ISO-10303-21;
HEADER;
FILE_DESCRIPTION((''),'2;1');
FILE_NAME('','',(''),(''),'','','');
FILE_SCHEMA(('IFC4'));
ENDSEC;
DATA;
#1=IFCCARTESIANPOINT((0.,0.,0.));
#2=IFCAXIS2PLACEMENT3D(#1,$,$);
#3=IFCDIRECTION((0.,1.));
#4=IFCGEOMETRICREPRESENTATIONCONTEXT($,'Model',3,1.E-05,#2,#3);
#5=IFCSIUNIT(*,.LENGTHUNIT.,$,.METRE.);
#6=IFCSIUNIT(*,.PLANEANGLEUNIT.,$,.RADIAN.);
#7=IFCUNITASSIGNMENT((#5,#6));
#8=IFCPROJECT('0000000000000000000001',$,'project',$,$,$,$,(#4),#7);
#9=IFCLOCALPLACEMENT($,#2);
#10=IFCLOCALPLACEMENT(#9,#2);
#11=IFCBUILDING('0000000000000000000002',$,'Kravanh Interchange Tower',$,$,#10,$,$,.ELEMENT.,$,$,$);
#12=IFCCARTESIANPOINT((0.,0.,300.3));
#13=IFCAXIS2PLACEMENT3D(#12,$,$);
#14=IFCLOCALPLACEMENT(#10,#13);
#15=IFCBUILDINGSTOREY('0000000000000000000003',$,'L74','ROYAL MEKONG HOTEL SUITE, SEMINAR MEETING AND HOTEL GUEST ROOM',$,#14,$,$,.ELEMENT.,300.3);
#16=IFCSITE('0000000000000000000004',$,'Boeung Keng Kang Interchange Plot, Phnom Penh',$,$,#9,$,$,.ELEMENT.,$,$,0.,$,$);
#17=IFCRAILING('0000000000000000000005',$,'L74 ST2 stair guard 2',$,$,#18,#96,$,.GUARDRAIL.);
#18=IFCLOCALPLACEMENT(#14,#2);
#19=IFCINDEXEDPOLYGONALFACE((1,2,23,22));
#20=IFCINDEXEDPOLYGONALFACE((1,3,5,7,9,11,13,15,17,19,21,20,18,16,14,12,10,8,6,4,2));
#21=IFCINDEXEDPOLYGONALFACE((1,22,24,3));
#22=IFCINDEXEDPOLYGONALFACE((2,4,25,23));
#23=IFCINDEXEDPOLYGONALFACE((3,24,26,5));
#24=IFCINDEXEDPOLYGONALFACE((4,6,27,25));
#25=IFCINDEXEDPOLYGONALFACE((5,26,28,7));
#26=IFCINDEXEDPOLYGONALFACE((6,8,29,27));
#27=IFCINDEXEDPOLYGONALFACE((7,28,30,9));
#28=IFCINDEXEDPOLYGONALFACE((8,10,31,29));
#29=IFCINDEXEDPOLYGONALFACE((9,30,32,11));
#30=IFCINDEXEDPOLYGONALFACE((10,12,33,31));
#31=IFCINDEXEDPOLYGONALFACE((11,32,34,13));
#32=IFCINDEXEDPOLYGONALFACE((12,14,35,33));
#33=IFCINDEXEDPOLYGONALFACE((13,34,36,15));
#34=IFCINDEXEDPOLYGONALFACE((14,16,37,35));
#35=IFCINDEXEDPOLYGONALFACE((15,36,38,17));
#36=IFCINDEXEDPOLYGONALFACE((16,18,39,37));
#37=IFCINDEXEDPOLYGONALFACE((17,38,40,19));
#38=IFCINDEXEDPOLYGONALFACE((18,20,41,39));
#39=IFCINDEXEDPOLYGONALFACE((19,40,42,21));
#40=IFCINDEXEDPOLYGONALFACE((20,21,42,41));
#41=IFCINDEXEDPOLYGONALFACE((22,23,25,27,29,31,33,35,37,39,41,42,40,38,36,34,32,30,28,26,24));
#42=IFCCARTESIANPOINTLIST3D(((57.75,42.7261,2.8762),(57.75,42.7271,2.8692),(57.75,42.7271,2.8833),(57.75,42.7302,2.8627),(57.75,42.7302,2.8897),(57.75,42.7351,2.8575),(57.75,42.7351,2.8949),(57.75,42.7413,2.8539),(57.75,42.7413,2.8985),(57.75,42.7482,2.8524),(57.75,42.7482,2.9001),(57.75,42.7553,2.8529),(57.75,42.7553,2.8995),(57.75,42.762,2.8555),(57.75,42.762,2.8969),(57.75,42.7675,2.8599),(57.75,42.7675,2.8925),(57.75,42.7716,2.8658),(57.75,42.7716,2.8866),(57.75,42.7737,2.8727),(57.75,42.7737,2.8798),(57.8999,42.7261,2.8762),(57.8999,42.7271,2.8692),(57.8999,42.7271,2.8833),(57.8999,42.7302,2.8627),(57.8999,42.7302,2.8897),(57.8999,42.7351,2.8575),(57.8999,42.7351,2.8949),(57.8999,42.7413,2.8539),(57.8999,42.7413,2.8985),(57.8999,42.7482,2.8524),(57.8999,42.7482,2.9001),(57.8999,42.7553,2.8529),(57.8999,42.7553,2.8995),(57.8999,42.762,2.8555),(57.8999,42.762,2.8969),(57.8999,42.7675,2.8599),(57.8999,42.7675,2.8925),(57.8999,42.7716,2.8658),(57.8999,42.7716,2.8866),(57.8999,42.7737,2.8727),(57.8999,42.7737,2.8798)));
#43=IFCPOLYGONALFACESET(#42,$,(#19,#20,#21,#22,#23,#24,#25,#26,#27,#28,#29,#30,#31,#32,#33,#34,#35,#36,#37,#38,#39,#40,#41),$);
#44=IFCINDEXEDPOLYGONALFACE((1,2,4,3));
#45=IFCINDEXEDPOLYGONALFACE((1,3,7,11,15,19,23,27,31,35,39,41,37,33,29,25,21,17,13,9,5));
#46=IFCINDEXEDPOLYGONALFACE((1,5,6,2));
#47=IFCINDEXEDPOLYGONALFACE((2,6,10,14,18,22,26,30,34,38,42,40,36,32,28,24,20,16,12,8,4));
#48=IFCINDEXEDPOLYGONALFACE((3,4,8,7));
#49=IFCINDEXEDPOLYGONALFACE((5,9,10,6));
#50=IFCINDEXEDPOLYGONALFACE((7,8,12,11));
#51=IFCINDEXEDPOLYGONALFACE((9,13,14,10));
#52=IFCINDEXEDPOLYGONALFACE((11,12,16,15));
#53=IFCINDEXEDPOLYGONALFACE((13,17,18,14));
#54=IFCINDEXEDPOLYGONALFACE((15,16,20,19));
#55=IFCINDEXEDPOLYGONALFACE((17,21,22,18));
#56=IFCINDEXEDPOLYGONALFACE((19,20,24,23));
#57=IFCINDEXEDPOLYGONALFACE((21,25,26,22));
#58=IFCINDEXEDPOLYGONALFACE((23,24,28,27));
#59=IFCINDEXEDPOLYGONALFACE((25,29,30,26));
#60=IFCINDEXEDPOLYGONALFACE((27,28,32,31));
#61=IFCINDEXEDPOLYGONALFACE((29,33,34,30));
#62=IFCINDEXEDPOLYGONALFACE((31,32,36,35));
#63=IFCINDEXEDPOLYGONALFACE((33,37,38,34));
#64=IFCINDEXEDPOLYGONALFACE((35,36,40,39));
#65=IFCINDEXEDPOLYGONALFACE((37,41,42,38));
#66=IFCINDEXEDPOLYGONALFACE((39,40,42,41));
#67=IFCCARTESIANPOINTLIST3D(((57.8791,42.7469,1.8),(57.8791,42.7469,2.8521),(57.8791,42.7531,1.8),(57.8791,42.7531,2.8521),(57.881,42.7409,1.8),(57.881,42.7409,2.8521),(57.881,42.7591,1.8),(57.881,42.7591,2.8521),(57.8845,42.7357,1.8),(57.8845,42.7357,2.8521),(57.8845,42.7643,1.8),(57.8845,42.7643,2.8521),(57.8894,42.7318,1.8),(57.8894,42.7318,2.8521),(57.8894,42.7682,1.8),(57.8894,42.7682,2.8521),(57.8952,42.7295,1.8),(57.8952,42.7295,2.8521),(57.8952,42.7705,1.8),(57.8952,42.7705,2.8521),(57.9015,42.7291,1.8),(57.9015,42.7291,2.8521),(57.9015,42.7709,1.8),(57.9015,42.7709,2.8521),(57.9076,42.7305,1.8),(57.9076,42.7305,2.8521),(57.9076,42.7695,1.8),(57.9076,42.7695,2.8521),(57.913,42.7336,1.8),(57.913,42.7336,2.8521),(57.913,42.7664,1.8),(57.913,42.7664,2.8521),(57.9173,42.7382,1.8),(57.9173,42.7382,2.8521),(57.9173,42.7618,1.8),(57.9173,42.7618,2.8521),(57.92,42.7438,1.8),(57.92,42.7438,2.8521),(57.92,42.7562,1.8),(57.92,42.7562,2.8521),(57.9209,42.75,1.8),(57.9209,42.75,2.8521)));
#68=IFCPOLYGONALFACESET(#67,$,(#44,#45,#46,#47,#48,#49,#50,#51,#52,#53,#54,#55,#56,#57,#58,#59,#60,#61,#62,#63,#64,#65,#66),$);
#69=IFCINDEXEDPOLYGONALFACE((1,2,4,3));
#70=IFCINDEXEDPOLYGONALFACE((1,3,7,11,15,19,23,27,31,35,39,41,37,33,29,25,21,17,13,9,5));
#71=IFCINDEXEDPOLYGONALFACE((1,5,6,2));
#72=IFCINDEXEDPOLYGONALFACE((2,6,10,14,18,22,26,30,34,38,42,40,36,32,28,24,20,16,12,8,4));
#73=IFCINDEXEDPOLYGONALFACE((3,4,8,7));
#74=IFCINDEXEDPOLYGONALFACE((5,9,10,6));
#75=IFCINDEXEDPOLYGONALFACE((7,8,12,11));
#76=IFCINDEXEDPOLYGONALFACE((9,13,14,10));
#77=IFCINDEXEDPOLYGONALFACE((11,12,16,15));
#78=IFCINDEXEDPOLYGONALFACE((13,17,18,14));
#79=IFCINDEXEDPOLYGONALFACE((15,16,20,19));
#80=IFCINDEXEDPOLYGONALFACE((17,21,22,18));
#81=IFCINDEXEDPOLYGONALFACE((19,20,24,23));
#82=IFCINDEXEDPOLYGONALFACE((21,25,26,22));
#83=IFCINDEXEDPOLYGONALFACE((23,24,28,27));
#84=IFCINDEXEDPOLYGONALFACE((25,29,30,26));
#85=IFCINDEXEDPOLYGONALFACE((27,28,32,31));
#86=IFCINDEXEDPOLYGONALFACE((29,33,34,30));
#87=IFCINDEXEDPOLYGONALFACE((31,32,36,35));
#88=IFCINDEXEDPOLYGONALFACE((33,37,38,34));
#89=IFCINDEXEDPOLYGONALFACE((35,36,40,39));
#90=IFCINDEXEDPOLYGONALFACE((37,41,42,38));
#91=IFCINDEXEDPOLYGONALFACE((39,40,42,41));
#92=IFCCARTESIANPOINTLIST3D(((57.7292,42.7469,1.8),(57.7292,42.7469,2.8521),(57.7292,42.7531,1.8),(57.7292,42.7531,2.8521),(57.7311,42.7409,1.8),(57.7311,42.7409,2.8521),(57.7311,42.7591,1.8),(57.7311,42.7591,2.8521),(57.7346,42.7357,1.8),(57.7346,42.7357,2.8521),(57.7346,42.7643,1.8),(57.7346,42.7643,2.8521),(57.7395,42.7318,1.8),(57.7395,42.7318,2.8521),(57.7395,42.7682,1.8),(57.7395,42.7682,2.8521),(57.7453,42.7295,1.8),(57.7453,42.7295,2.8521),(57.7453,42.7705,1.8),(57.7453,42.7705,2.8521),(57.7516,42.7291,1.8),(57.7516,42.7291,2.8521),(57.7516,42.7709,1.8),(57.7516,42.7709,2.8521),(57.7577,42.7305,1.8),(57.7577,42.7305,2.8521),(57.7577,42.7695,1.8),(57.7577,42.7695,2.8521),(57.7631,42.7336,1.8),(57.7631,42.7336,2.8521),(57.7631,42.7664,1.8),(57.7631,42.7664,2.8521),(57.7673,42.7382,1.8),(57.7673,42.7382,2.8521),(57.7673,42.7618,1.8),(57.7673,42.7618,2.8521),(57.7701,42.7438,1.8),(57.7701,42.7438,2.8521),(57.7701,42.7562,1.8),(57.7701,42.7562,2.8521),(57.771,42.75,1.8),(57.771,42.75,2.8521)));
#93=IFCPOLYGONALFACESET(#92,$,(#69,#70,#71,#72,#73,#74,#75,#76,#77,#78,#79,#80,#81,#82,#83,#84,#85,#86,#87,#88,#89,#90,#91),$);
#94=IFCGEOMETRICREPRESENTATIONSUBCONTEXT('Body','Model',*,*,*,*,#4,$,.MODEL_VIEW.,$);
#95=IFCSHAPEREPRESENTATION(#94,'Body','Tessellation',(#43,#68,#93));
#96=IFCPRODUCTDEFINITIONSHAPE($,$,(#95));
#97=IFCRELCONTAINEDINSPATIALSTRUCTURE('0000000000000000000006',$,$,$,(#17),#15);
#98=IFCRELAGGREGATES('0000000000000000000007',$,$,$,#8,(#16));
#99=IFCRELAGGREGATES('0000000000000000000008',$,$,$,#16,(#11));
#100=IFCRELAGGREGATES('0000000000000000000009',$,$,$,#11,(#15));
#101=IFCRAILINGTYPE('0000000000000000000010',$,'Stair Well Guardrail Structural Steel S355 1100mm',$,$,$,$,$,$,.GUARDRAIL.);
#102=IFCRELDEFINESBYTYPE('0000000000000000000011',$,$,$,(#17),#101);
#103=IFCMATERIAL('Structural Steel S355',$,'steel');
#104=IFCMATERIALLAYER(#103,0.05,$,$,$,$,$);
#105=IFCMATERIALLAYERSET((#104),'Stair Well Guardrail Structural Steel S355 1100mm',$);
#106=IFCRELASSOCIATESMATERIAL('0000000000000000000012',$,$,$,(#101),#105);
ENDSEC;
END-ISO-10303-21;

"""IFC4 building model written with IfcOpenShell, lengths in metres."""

from ifc_helpers import new_model, si_unit, direction, frame, origin, origin_2d, place, context, subcontext, project, spatial, circle, extrude, material, layer, layer_set, type_object, element, save


model = new_model("IFC4")

# Units and contexts
model_context = context("Model", 3, precision=1e-05, world=origin(), true_north=direction((0.0, 1.0)))
body_context = subcontext(model_context, "Body", "Model", "MODEL_VIEW")
ifc_project = project(units=[si_unit("LENGTHUNIT", "METRE"), si_unit("PLANEANGLEUNIT", "RADIAN")], contexts=[model_context])

# Site, building, storey
site_placement = place(None, origin())
site = spatial("IfcSite", under=ifc_project, at=site_placement, Name="Boeung Keng Kang Interchange Plot, Phnom Penh", CompositionType="ELEMENT", RefElevation=0.0)
building_placement = place(site_placement, origin())
building = spatial("IfcBuilding", under=site, at=building_placement, Name="Kravanh Interchange Tower", CompositionType="ELEMENT")
storey_placement = place(building_placement, frame((0.0, 0.0, 300.3)))
storey = spatial("IfcBuildingStorey", under=building, at=storey_placement, Name="L74", Description="ROYAL MEKONG HOTEL SUITE, SEMINAR MEETING AND HOTEL GUEST ROOM", CompositionType="ELEMENT", Elevation=300.3)

# Railing
ifc_material_1 = material(Name="Structural Steel S355", Category="steel")
ifc_layer_1 = layer(ifc_material_1, 0.05)
ifc_layer_set_1 = layer_set([ifc_layer_1], Name="Stair Well Guardrail Structural Steel S355 1100mm")
railing_type_1 = type_object("IfcRailingType", Name="Stair Well Guardrail Structural Steel S355 1100mm", PredefinedType="GUARDRAIL", material=ifc_layer_set_1)
railing_1_placement = place(storey_placement, frame((57.8999, 42.75, 1.8)))
element("IfcRailing", 1, at=railing_1_placement, inside=storey, type_object=railing_type_1, Name="L74 ST2 stair guard 2", PredefinedType="GUARDRAIL", context=body_context, shape_type="SweptSolid", body=[
    extrude(circle(Radius=0.0239, at=origin_2d()), frame((0.0, 0.0, 1.0762), z_axis=(-1.0, 0.0, 0.0), x_axis=(0.0, -1.0, 0.0)), (0.0, 0.0, 1.0), 0.1499),
    extrude(circle(Radius=0.021, at=origin_2d()), origin(), (0.0, 0.0, 1.0), 1.052),
    extrude(circle(Radius=0.021, at=origin_2d()), frame((-0.1499, 0.0, 0.0)), (0.0, 0.0, 1.0), 1.052),
])

save(model, "model.ifc")
